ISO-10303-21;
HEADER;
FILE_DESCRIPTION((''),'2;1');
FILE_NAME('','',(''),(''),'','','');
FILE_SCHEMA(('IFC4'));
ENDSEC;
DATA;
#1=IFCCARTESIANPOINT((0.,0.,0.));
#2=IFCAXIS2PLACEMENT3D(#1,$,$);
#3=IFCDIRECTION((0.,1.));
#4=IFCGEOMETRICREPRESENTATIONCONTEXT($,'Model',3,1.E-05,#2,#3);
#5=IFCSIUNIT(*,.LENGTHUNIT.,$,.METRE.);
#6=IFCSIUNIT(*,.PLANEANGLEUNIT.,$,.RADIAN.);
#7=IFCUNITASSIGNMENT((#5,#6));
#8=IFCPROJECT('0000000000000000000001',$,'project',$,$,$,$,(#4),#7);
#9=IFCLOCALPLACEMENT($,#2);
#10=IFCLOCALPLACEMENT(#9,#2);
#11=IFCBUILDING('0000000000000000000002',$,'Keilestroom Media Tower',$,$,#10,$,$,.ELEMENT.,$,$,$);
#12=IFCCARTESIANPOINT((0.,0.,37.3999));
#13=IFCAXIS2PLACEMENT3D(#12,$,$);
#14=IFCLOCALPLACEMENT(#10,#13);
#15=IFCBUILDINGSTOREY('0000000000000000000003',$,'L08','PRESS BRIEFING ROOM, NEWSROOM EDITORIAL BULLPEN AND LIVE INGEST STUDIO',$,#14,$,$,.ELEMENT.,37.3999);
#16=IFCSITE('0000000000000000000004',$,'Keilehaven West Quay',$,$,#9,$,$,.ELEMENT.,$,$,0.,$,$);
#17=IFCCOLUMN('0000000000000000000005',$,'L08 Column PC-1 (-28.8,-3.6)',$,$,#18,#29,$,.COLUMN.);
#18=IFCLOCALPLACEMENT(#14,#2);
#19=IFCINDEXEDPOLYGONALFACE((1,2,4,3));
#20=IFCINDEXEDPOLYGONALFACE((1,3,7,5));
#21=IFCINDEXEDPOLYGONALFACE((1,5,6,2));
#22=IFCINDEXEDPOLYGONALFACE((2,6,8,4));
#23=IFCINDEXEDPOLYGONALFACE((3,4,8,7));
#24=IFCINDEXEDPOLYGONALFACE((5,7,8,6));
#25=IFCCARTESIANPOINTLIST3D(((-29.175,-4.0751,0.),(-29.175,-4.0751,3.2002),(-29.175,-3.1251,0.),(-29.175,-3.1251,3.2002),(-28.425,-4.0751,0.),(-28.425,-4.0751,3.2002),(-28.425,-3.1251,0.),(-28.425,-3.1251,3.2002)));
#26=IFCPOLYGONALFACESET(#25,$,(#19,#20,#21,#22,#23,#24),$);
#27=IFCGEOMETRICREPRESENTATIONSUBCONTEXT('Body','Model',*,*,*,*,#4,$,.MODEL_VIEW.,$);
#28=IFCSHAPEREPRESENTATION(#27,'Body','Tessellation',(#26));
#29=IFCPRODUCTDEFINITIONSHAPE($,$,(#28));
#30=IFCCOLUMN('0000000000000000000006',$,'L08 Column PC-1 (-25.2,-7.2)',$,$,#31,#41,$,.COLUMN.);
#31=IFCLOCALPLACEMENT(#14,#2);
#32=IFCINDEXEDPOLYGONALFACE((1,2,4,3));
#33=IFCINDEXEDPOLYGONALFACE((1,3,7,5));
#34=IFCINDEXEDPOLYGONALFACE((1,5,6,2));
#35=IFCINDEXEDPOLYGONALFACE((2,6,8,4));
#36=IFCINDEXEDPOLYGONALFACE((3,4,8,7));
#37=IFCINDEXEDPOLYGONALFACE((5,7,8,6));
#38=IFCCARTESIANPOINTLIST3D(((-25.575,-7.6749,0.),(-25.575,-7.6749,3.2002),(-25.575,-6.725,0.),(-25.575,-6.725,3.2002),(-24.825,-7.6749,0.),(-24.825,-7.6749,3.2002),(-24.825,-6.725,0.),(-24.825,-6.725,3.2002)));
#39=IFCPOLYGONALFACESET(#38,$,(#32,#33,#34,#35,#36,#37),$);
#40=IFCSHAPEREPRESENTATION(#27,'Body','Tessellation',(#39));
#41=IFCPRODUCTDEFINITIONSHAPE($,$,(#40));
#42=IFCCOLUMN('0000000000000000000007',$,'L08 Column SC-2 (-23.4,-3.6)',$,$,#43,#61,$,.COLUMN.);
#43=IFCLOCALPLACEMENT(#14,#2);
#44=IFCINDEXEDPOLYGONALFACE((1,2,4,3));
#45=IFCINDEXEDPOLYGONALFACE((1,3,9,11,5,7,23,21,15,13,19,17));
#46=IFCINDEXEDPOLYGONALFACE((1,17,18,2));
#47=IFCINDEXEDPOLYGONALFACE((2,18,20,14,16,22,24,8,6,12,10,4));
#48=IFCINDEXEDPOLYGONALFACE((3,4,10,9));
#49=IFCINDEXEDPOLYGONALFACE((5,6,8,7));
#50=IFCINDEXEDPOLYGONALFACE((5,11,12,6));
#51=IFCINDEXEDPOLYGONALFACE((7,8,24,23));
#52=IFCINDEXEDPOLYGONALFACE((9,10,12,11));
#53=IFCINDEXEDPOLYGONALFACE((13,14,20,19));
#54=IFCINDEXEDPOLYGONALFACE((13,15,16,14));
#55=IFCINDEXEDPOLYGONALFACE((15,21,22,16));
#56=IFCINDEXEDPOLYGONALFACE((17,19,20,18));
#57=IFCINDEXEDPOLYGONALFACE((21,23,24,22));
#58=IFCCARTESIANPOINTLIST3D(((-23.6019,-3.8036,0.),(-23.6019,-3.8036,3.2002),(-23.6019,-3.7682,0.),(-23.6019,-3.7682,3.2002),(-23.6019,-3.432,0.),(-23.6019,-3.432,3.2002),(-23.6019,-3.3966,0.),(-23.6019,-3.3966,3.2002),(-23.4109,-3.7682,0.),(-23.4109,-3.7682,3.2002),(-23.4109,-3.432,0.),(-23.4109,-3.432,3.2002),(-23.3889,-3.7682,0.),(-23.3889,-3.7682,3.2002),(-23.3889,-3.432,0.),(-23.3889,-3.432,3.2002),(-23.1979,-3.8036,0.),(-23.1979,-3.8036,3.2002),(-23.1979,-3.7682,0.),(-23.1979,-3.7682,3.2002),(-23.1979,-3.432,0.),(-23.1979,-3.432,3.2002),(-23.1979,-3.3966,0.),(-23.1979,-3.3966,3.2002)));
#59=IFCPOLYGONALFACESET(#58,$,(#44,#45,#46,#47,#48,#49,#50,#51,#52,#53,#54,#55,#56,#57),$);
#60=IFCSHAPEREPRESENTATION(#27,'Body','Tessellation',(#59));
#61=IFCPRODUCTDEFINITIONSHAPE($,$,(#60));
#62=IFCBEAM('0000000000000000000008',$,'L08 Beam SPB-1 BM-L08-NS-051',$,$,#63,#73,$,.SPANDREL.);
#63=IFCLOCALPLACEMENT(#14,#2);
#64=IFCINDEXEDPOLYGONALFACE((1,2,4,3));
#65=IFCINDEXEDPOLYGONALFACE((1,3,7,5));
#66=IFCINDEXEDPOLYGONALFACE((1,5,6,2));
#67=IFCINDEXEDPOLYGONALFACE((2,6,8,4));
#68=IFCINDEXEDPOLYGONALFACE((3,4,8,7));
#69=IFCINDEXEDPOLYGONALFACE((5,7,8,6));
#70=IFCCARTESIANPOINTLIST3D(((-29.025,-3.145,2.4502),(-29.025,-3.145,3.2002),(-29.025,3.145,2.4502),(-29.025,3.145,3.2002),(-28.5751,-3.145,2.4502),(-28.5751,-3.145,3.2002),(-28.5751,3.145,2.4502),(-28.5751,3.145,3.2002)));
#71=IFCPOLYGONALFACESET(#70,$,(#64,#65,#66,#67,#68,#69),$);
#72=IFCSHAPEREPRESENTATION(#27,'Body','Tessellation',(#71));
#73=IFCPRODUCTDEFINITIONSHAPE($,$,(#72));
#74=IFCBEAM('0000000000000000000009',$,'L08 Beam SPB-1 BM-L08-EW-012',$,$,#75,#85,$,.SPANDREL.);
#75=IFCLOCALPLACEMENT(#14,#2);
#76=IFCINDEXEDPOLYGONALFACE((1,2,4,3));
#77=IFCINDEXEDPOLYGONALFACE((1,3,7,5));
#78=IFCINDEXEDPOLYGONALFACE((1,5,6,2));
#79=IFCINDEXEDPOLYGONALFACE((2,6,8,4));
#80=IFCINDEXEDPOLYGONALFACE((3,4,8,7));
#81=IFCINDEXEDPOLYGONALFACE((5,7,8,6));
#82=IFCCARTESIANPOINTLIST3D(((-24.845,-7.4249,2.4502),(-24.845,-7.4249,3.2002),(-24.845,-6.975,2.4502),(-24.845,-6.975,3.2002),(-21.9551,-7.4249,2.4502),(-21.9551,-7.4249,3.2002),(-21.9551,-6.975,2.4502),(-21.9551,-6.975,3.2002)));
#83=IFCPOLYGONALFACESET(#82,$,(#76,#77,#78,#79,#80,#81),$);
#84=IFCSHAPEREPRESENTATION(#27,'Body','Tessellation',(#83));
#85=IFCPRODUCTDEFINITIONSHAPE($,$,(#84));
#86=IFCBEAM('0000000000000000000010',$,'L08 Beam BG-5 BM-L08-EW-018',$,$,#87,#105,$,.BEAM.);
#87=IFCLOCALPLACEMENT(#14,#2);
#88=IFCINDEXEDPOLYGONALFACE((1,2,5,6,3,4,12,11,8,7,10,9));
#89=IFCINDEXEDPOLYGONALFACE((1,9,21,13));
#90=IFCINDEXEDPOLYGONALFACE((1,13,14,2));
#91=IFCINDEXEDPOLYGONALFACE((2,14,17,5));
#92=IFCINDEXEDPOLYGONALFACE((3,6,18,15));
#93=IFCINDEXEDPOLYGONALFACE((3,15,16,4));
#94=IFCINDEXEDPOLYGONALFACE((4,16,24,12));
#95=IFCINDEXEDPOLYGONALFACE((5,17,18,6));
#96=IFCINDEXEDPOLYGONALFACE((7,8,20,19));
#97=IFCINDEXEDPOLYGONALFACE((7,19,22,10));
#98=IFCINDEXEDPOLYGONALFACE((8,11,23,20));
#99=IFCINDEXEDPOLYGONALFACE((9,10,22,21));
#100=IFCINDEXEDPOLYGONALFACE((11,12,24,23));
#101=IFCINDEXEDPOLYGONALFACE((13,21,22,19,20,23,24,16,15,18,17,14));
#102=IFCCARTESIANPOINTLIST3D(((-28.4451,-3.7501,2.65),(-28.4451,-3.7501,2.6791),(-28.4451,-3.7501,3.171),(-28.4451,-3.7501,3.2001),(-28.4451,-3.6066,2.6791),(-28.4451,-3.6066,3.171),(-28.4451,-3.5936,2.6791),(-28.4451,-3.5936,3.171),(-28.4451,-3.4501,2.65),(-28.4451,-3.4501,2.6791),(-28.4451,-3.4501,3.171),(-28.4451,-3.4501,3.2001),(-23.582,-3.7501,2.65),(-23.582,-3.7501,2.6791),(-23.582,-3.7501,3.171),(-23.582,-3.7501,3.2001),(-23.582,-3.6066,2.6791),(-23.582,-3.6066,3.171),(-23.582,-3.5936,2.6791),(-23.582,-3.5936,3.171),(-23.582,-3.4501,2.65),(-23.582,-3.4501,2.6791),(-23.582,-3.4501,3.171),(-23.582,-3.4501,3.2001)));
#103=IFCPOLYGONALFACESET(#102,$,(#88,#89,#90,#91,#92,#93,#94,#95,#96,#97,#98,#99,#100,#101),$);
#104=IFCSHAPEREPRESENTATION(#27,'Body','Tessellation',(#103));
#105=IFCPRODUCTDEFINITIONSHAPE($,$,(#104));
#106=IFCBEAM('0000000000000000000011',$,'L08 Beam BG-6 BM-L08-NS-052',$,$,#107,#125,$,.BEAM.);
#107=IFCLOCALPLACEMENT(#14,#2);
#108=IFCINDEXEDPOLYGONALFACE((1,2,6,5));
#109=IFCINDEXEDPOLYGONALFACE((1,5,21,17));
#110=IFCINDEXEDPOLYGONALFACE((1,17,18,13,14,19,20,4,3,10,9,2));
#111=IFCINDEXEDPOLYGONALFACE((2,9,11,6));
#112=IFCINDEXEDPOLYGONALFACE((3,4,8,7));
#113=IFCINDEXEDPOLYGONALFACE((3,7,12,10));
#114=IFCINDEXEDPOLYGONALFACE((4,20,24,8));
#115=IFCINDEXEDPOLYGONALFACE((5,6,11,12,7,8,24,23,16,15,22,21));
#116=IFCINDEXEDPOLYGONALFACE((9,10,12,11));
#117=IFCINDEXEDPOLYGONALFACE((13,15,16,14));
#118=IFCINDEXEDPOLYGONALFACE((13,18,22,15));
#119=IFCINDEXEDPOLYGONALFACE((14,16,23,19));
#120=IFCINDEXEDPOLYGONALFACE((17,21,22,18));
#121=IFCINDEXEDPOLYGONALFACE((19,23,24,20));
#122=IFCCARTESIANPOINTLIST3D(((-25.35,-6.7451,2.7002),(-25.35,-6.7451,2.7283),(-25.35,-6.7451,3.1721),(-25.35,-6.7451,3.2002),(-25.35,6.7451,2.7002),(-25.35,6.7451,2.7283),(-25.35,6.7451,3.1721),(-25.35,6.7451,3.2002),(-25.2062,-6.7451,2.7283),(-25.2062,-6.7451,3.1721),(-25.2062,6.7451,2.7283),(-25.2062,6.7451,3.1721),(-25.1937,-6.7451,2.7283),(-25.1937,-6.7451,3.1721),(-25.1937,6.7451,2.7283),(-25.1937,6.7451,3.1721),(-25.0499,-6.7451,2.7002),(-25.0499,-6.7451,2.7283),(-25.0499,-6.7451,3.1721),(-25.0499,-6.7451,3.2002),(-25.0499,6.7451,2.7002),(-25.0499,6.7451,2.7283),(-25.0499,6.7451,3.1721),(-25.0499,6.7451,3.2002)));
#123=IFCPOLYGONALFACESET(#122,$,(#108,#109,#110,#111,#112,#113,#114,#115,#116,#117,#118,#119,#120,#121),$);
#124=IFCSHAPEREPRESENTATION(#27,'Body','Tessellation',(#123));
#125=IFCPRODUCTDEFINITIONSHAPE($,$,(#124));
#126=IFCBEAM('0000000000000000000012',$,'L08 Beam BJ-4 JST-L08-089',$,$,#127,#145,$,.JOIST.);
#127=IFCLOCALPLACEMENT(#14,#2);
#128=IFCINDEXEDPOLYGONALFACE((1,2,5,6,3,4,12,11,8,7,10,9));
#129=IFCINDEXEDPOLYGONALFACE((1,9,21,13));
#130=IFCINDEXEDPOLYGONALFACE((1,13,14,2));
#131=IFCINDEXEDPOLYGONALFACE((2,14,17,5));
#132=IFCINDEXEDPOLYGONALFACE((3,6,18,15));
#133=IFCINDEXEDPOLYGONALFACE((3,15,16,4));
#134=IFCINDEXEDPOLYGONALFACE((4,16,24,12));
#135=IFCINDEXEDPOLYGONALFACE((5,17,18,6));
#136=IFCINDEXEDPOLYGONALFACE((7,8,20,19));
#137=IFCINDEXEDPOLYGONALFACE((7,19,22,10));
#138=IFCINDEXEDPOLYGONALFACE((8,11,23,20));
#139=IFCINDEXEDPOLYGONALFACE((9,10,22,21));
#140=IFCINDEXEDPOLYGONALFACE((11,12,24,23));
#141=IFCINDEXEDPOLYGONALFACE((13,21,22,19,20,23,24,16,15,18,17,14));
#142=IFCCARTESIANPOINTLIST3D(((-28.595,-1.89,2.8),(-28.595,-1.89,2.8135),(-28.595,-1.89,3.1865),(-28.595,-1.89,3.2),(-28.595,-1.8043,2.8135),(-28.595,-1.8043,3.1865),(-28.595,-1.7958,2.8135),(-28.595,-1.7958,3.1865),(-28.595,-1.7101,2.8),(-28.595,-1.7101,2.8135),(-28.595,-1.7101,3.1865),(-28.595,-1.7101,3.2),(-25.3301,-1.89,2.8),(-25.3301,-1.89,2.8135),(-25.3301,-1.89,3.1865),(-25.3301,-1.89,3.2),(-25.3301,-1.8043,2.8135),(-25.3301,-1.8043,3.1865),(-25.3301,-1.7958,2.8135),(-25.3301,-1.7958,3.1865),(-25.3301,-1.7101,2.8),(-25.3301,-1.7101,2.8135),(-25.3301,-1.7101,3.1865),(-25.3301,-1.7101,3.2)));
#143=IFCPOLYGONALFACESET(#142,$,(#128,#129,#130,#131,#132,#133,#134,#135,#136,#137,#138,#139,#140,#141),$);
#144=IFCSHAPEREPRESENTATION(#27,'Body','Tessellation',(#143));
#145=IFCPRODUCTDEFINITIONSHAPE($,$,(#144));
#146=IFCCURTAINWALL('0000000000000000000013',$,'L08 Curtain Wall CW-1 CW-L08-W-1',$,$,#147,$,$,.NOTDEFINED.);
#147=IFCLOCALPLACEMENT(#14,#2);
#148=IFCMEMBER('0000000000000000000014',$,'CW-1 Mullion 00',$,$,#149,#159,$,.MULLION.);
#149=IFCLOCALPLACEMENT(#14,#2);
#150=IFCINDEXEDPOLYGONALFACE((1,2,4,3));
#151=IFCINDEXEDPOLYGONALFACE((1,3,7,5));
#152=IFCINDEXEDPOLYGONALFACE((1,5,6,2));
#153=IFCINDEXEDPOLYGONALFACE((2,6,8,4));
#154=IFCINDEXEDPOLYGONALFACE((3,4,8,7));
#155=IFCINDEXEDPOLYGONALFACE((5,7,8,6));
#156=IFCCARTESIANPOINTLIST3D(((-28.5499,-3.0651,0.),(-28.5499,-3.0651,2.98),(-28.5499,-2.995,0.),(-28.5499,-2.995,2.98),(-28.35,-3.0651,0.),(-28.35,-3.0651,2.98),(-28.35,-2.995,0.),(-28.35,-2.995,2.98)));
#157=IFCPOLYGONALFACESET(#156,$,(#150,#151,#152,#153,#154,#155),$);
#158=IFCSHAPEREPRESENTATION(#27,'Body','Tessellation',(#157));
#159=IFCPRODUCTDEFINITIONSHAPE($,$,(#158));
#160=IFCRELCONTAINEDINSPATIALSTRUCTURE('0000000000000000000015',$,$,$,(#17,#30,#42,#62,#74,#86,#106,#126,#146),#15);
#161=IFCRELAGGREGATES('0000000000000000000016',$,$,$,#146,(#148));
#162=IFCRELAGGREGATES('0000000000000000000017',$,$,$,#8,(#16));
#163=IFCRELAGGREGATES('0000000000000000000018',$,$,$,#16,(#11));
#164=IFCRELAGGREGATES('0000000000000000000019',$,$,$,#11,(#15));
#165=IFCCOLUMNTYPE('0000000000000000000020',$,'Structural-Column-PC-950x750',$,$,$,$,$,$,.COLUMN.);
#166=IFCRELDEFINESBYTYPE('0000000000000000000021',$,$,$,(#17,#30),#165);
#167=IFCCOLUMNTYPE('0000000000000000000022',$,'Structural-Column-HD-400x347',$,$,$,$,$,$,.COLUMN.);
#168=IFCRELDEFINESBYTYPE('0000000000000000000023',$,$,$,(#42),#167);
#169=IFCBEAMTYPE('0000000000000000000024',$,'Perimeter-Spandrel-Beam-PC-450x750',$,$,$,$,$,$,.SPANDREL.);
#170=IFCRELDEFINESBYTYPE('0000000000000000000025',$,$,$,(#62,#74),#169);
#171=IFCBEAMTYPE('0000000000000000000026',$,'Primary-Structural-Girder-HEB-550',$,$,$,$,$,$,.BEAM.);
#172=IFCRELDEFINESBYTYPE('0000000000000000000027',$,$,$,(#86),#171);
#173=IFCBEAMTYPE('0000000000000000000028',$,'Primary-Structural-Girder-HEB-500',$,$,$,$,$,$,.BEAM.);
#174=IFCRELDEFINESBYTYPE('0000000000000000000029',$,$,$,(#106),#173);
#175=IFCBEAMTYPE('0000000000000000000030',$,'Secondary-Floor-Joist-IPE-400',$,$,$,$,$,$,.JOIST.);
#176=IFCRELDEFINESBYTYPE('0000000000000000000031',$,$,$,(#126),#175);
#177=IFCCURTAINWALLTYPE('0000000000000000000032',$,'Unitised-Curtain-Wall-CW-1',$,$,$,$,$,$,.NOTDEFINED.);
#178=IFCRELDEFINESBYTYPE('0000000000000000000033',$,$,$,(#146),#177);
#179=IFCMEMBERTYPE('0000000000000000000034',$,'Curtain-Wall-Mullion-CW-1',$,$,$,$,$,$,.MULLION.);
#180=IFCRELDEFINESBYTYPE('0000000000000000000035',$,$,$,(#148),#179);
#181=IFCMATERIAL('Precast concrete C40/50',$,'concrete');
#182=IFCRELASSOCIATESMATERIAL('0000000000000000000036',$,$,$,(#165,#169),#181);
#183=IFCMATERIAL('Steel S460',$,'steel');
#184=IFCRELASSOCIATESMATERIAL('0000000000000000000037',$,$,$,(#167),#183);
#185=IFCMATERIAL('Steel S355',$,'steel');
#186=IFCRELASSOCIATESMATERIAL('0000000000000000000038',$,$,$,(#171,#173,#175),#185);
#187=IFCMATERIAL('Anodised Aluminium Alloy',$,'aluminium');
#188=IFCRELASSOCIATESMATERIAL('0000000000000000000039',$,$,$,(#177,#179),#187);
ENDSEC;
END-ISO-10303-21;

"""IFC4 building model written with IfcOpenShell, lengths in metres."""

from ifc_helpers import new_model, si_unit, direction, frame, origin, origin_2d, place, context, subcontext, project, spatial, rectangle, i_section, extrude, source, transform, mapped, material, material_profile, profile_set, type_object, element, aggregate, save


model = new_model("IFC4")

# Units and contexts
model_context = context("Model", 3, precision=1e-05, world=origin(), true_north=direction((0.0, 1.0)))
body_context = subcontext(model_context, "Body", "Model", "MODEL_VIEW")
ifc_project = project(units=[si_unit("LENGTHUNIT", "METRE"), si_unit("PLANEANGLEUNIT", "RADIAN")], contexts=[model_context])

# Site, building, storey
site_placement = place(None, origin())
site = spatial("IfcSite", under=ifc_project, at=site_placement, Name="Keilehaven West Quay", CompositionType="ELEMENT", RefElevation=0.0)
building_placement = place(site_placement, origin())
building = spatial("IfcBuilding", under=site, at=building_placement, Name="Keilestroom Media Tower", CompositionType="ELEMENT")
storey_placement = place(building_placement, frame((0.0, 0.0, 37.3999)))
storey = spatial("IfcBuildingStorey", under=building, at=storey_placement, Name="L08", Description="PRESS BRIEFING ROOM, NEWSROOM EDITORIAL BULLPEN AND LIVE INGEST STUDIO", CompositionType="ELEMENT", Elevation=37.3999)

# Columns
ifc_material_1 = material(Name="Precast concrete C40/50", Category="concrete")
ifc_material_profile_1 = material_profile(ifc_material_1, rectangle(XDim=0.75, YDim=0.95, at=origin_2d()), Name="PC 950x750")
ifc_profile_set_1 = profile_set([ifc_material_profile_1], Name="Precast concrete C40/50")
column_type_1 = type_object("IfcColumnType", Name="Structural-Column-PC-950x750", PredefinedType="COLUMN", material=ifc_profile_set_1)
shared_shape_1 = source(origin(), body_context, "Body", "SweptSolid", [
    extrude(rectangle(XDim=0.75, YDim=0.95, at=origin_2d()), origin(), (0.0, 0.0, 1.0), 3.2002),
])
for number, where, z_axis, x_axis, name in (
    (1, (-28.8, -3.6001, 0.0), (0.0, 0.0, 1.0), (1.0, 0.0, 0.0), "L08 Column PC-1 (-28.8,-3.6)"),
    (2, (-25.2, -7.2, 0.0), (0.0, 0.0, 1.0), (1.0, 0.0, 0.0), "L08 Column PC-1 (-25.2,-7.2)"),
):
    element("IfcColumn", number, at=place(storey_placement, frame(where, z_axis=z_axis, x_axis=x_axis)), inside=storey, type_object=column_type_1, Name=name, PredefinedType="COLUMN", context=body_context, shape_type="MappedRepresentation", body=[
        mapped(shared_shape_1, transform((0.0, 0.0, 0.0), x_axis=(1.0, 0.0, 0.0), y_axis=(0.0, 1.0, 0.0), z_axis=(0.0, 0.0, 1.0), scale=1.0)),
    ])
ifc_material_2 = material(Name="Steel S460", Category="steel")
ifc_material_profile_2 = material_profile(ifc_material_2, i_section(OverallWidth=0.4041, OverallDepth=0.407, WebThickness=0.022, FlangeThickness=0.0354, at=origin_2d()), Name="HD 400x347")
ifc_profile_set_2 = profile_set([ifc_material_profile_2], Name="Steel S460")
column_type_2 = type_object("IfcColumnType", Name="Structural-Column-HD-400x347", PredefinedType="COLUMN", material=ifc_profile_set_2)
shared_shape_2 = source(origin(), body_context, "Body", "SweptSolid", [
    extrude(i_section(OverallWidth=0.4041, OverallDepth=0.407, WebThickness=0.022, FlangeThickness=0.0354, at=origin_2d()), origin(), (0.0, 0.0, 1.0), 3.2002),
])
column_placement = place(storey_placement, frame((-23.3999, -3.6001, 0.0), z_axis=(0.0, 0.0, 1.0), x_axis=(1.0, 0.0, 0.0)))
element("IfcColumn", 3, at=column_placement, inside=storey, type_object=column_type_2, Name="L08 Column SC-2 (-23.4,-3.6)", PredefinedType="COLUMN", context=body_context, shape_type="MappedRepresentation", body=[
    mapped(shared_shape_2, transform((0.0, 0.0, 0.0), x_axis=(1.0, 0.0, 0.0), y_axis=(0.0, 1.0, 0.0), z_axis=(0.0, 0.0, 1.0), scale=1.0)),
])

# Beams
ifc_material_profile_3 = material_profile(ifc_material_1, rectangle(XDim=0.45, YDim=0.75, at=origin_2d()), Name="PC 450x750")
ifc_profile_set_3 = profile_set([ifc_material_profile_3], Name="Precast concrete C40/50")
beam_type_1 = type_object("IfcBeamType", Name="Perimeter-Spandrel-Beam-PC-450x750", PredefinedType="SPANDREL", material=ifc_profile_set_3)
shared_shape_3 = source(origin(), body_context, "Body", "SweptSolid", [
    extrude(rectangle(XDim=0.45, YDim=0.75, at=origin_2d()), origin(), (0.0, 0.0, 1.0), 6.29),
])
beam_1_placement = place(storey_placement, frame((-28.8, -3.145, 2.8252), z_axis=(0.0, 1.0, 0.0), x_axis=(-1.0, 0.0, 0.0)))
element("IfcBeam", 4, at=beam_1_placement, inside=storey, type_object=beam_type_1, Name="L08 Beam SPB-1 BM-L08-NS-051", PredefinedType="SPANDREL", context=body_context, shape_type="MappedRepresentation", body=[
    mapped(shared_shape_3, transform((0.0, 0.0, 0.0), x_axis=(1.0, 0.0, 0.0), y_axis=(0.0, 1.0, 0.0), z_axis=(0.0, 0.0, 1.0), scale=1.0)),
])
shared_shape_4 = source(origin(), body_context, "Body", "SweptSolid", [
    extrude(rectangle(XDim=0.45, YDim=0.75, at=origin_2d()), origin(), (0.0, 0.0, 1.0), 2.8899),
])
beam_2_placement = place(storey_placement, frame((-24.845, -7.2, 2.8252), z_axis=(1.0, 0.0, 0.0), x_axis=(0.0, 1.0, 0.0)))
element("IfcBeam", 5, at=beam_2_placement, inside=storey, type_object=beam_type_1, Name="L08 Beam SPB-1 BM-L08-EW-012", PredefinedType="SPANDREL", context=body_context, shape_type="MappedRepresentation", body=[
    mapped(shared_shape_4, transform((0.0, 0.0, 0.0), x_axis=(1.0, 0.0, 0.0), y_axis=(0.0, 1.0, 0.0), z_axis=(0.0, 0.0, 1.0), scale=1.0)),
])
ifc_material_3 = material(Name="Steel S355", Category="steel")
ifc_material_profile_4 = material_profile(ifc_material_3, i_section(OverallWidth=0.3, OverallDepth=0.55, WebThickness=0.0129, FlangeThickness=0.0291, at=origin_2d()), Name="HEB 550")
ifc_profile_set_4 = profile_set([ifc_material_profile_4], Name="Steel S355")
beam_type_2 = type_object("IfcBeamType", Name="Primary-Structural-Girder-HEB-550", PredefinedType="BEAM", material=ifc_profile_set_4)
shared_shape_5 = source(origin(), body_context, "Body", "SweptSolid", [
    extrude(i_section(OverallWidth=0.3, OverallDepth=0.55, WebThickness=0.0129, FlangeThickness=0.0291, at=origin_2d()), origin(), (0.0, 0.0, 1.0), 4.863),
])
beam_3_placement = place(storey_placement, frame((-28.4451, -3.6001, 2.925), z_axis=(1.0, 0.0, 0.0), x_axis=(0.0, 1.0, 0.0)))
element("IfcBeam", 6, at=beam_3_placement, inside=storey, type_object=beam_type_2, Name="L08 Beam BG-5 BM-L08-EW-018", PredefinedType="BEAM", context=body_context, shape_type="MappedRepresentation", body=[
    mapped(shared_shape_5, transform((0.0, 0.0, 0.0), x_axis=(1.0, 0.0, 0.0), y_axis=(0.0, 1.0, 0.0), z_axis=(0.0, 0.0, 1.0), scale=1.0)),
])
ifc_material_profile_5 = material_profile(ifc_material_3, i_section(OverallWidth=0.3, OverallDepth=0.5, WebThickness=0.0125, FlangeThickness=0.0281, at=origin_2d()), Name="HEB 500")
ifc_profile_set_5 = profile_set([ifc_material_profile_5], Name="Steel S355")
beam_type_3 = type_object("IfcBeamType", Name="Primary-Structural-Girder-HEB-500", PredefinedType="BEAM", material=ifc_profile_set_5)
shared_shape_6 = source(origin(), body_context, "Body", "SweptSolid", [
    extrude(i_section(OverallWidth=0.3, OverallDepth=0.5, WebThickness=0.0125, FlangeThickness=0.0281, at=origin_2d()), origin(), (0.0, 0.0, 1.0), 13.4902),
])
beam_4_placement = place(storey_placement, frame((-25.2, -6.7451, 2.9502), z_axis=(0.0, 1.0, 0.0), x_axis=(-1.0, 0.0, 0.0)))
element("IfcBeam", 7, at=beam_4_placement, inside=storey, type_object=beam_type_3, Name="L08 Beam BG-6 BM-L08-NS-052", PredefinedType="BEAM", context=body_context, shape_type="MappedRepresentation", body=[
    mapped(shared_shape_6, transform((0.0, 0.0, 0.0), x_axis=(1.0, 0.0, 0.0), y_axis=(0.0, 1.0, 0.0), z_axis=(0.0, 0.0, 1.0), scale=1.0)),
])
ifc_material_profile_6 = material_profile(ifc_material_3, i_section(OverallWidth=0.1799, OverallDepth=0.3999, WebThickness=0.0085, FlangeThickness=0.0134, at=origin_2d()), Name="IPE 400")
ifc_profile_set_6 = profile_set([ifc_material_profile_6], Name="Steel S355")
beam_type_4 = type_object("IfcBeamType", Name="Secondary-Floor-Joist-IPE-400", PredefinedType="JOIST", material=ifc_profile_set_6)
shared_shape_7 = source(origin(), body_context, "Body", "SweptSolid", [
    extrude(i_section(OverallWidth=0.1799, OverallDepth=0.3999, WebThickness=0.0085, FlangeThickness=0.0134, at=origin_2d()), origin(), (0.0, 0.0, 1.0), 3.2649),
])
beam_5_placement = place(storey_placement, frame((-28.595, -1.8, 3.0), z_axis=(1.0, 0.0, 0.0), x_axis=(0.0, 1.0, 0.0)))
element("IfcBeam", 8, at=beam_5_placement, inside=storey, type_object=beam_type_4, Name="L08 Beam BJ-4 JST-L08-089", PredefinedType="JOIST", context=body_context, shape_type="MappedRepresentation", body=[
    mapped(shared_shape_7, transform((0.0, 0.0, 0.0), x_axis=(1.0, 0.0, 0.0), y_axis=(0.0, 1.0, 0.0), z_axis=(0.0, 0.0, 1.0), scale=1.0)),
])

# Curtain wall, member
ifc_material_4 = material(Name="Anodised Aluminium Alloy", Category="aluminium")
curtain_wall_type = type_object("IfcCurtainWallType", Name="Unitised-Curtain-Wall-CW-1", PredefinedType="NOTDEFINED", material=ifc_material_4)
curtain_wall_1_placement = place(storey_placement, origin())
curtain_wall_1 = element("IfcCurtainWall", 9, at=curtain_wall_1_placement, inside=storey, type_object=curtain_wall_type, Name="L08 Curtain Wall CW-1 CW-L08-W-1", PredefinedType="NOTDEFINED")
ifc_material_profile_7 = material_profile(ifc_material_4, rectangle(XDim=0.0701, YDim=0.2, at=origin_2d()), Name="ALU MULLION 70x200")
ifc_profile_set_7 = profile_set([ifc_material_profile_7], Name="Anodised Aluminium Alloy")
member_type_1 = type_object("IfcMemberType", Name="Curtain-Wall-Mullion-CW-1", PredefinedType="MULLION", material=ifc_profile_set_7)
shared_shape_8 = source(origin(), body_context, "Body", "SweptSolid", [
    extrude(rectangle(XDim=0.0701, YDim=0.2, at=origin_2d()), origin(), (0.0, 0.0, 1.0), 2.98),
])
member_1_placement = place(storey_placement, frame((-28.45, -3.03, 0.0), z_axis=(0.0, 0.0, 1.0), x_axis=(0.0, 1.0, 0.0)))
member_1 = element("IfcMember", 10, at=member_1_placement, type_object=member_type_1, Name="CW-1 Mullion 00", PredefinedType="MULLION", context=body_context, shape_type="MappedRepresentation", body=[
    mapped(shared_shape_8, transform((0.0, 0.0, 0.0), x_axis=(1.0, 0.0, 0.0), y_axis=(0.0, 1.0, 0.0), z_axis=(0.0, 0.0, 1.0), scale=1.0)),
])

aggregate(curtain_wall_1, [member_1])

save(model, "model.ifc")
